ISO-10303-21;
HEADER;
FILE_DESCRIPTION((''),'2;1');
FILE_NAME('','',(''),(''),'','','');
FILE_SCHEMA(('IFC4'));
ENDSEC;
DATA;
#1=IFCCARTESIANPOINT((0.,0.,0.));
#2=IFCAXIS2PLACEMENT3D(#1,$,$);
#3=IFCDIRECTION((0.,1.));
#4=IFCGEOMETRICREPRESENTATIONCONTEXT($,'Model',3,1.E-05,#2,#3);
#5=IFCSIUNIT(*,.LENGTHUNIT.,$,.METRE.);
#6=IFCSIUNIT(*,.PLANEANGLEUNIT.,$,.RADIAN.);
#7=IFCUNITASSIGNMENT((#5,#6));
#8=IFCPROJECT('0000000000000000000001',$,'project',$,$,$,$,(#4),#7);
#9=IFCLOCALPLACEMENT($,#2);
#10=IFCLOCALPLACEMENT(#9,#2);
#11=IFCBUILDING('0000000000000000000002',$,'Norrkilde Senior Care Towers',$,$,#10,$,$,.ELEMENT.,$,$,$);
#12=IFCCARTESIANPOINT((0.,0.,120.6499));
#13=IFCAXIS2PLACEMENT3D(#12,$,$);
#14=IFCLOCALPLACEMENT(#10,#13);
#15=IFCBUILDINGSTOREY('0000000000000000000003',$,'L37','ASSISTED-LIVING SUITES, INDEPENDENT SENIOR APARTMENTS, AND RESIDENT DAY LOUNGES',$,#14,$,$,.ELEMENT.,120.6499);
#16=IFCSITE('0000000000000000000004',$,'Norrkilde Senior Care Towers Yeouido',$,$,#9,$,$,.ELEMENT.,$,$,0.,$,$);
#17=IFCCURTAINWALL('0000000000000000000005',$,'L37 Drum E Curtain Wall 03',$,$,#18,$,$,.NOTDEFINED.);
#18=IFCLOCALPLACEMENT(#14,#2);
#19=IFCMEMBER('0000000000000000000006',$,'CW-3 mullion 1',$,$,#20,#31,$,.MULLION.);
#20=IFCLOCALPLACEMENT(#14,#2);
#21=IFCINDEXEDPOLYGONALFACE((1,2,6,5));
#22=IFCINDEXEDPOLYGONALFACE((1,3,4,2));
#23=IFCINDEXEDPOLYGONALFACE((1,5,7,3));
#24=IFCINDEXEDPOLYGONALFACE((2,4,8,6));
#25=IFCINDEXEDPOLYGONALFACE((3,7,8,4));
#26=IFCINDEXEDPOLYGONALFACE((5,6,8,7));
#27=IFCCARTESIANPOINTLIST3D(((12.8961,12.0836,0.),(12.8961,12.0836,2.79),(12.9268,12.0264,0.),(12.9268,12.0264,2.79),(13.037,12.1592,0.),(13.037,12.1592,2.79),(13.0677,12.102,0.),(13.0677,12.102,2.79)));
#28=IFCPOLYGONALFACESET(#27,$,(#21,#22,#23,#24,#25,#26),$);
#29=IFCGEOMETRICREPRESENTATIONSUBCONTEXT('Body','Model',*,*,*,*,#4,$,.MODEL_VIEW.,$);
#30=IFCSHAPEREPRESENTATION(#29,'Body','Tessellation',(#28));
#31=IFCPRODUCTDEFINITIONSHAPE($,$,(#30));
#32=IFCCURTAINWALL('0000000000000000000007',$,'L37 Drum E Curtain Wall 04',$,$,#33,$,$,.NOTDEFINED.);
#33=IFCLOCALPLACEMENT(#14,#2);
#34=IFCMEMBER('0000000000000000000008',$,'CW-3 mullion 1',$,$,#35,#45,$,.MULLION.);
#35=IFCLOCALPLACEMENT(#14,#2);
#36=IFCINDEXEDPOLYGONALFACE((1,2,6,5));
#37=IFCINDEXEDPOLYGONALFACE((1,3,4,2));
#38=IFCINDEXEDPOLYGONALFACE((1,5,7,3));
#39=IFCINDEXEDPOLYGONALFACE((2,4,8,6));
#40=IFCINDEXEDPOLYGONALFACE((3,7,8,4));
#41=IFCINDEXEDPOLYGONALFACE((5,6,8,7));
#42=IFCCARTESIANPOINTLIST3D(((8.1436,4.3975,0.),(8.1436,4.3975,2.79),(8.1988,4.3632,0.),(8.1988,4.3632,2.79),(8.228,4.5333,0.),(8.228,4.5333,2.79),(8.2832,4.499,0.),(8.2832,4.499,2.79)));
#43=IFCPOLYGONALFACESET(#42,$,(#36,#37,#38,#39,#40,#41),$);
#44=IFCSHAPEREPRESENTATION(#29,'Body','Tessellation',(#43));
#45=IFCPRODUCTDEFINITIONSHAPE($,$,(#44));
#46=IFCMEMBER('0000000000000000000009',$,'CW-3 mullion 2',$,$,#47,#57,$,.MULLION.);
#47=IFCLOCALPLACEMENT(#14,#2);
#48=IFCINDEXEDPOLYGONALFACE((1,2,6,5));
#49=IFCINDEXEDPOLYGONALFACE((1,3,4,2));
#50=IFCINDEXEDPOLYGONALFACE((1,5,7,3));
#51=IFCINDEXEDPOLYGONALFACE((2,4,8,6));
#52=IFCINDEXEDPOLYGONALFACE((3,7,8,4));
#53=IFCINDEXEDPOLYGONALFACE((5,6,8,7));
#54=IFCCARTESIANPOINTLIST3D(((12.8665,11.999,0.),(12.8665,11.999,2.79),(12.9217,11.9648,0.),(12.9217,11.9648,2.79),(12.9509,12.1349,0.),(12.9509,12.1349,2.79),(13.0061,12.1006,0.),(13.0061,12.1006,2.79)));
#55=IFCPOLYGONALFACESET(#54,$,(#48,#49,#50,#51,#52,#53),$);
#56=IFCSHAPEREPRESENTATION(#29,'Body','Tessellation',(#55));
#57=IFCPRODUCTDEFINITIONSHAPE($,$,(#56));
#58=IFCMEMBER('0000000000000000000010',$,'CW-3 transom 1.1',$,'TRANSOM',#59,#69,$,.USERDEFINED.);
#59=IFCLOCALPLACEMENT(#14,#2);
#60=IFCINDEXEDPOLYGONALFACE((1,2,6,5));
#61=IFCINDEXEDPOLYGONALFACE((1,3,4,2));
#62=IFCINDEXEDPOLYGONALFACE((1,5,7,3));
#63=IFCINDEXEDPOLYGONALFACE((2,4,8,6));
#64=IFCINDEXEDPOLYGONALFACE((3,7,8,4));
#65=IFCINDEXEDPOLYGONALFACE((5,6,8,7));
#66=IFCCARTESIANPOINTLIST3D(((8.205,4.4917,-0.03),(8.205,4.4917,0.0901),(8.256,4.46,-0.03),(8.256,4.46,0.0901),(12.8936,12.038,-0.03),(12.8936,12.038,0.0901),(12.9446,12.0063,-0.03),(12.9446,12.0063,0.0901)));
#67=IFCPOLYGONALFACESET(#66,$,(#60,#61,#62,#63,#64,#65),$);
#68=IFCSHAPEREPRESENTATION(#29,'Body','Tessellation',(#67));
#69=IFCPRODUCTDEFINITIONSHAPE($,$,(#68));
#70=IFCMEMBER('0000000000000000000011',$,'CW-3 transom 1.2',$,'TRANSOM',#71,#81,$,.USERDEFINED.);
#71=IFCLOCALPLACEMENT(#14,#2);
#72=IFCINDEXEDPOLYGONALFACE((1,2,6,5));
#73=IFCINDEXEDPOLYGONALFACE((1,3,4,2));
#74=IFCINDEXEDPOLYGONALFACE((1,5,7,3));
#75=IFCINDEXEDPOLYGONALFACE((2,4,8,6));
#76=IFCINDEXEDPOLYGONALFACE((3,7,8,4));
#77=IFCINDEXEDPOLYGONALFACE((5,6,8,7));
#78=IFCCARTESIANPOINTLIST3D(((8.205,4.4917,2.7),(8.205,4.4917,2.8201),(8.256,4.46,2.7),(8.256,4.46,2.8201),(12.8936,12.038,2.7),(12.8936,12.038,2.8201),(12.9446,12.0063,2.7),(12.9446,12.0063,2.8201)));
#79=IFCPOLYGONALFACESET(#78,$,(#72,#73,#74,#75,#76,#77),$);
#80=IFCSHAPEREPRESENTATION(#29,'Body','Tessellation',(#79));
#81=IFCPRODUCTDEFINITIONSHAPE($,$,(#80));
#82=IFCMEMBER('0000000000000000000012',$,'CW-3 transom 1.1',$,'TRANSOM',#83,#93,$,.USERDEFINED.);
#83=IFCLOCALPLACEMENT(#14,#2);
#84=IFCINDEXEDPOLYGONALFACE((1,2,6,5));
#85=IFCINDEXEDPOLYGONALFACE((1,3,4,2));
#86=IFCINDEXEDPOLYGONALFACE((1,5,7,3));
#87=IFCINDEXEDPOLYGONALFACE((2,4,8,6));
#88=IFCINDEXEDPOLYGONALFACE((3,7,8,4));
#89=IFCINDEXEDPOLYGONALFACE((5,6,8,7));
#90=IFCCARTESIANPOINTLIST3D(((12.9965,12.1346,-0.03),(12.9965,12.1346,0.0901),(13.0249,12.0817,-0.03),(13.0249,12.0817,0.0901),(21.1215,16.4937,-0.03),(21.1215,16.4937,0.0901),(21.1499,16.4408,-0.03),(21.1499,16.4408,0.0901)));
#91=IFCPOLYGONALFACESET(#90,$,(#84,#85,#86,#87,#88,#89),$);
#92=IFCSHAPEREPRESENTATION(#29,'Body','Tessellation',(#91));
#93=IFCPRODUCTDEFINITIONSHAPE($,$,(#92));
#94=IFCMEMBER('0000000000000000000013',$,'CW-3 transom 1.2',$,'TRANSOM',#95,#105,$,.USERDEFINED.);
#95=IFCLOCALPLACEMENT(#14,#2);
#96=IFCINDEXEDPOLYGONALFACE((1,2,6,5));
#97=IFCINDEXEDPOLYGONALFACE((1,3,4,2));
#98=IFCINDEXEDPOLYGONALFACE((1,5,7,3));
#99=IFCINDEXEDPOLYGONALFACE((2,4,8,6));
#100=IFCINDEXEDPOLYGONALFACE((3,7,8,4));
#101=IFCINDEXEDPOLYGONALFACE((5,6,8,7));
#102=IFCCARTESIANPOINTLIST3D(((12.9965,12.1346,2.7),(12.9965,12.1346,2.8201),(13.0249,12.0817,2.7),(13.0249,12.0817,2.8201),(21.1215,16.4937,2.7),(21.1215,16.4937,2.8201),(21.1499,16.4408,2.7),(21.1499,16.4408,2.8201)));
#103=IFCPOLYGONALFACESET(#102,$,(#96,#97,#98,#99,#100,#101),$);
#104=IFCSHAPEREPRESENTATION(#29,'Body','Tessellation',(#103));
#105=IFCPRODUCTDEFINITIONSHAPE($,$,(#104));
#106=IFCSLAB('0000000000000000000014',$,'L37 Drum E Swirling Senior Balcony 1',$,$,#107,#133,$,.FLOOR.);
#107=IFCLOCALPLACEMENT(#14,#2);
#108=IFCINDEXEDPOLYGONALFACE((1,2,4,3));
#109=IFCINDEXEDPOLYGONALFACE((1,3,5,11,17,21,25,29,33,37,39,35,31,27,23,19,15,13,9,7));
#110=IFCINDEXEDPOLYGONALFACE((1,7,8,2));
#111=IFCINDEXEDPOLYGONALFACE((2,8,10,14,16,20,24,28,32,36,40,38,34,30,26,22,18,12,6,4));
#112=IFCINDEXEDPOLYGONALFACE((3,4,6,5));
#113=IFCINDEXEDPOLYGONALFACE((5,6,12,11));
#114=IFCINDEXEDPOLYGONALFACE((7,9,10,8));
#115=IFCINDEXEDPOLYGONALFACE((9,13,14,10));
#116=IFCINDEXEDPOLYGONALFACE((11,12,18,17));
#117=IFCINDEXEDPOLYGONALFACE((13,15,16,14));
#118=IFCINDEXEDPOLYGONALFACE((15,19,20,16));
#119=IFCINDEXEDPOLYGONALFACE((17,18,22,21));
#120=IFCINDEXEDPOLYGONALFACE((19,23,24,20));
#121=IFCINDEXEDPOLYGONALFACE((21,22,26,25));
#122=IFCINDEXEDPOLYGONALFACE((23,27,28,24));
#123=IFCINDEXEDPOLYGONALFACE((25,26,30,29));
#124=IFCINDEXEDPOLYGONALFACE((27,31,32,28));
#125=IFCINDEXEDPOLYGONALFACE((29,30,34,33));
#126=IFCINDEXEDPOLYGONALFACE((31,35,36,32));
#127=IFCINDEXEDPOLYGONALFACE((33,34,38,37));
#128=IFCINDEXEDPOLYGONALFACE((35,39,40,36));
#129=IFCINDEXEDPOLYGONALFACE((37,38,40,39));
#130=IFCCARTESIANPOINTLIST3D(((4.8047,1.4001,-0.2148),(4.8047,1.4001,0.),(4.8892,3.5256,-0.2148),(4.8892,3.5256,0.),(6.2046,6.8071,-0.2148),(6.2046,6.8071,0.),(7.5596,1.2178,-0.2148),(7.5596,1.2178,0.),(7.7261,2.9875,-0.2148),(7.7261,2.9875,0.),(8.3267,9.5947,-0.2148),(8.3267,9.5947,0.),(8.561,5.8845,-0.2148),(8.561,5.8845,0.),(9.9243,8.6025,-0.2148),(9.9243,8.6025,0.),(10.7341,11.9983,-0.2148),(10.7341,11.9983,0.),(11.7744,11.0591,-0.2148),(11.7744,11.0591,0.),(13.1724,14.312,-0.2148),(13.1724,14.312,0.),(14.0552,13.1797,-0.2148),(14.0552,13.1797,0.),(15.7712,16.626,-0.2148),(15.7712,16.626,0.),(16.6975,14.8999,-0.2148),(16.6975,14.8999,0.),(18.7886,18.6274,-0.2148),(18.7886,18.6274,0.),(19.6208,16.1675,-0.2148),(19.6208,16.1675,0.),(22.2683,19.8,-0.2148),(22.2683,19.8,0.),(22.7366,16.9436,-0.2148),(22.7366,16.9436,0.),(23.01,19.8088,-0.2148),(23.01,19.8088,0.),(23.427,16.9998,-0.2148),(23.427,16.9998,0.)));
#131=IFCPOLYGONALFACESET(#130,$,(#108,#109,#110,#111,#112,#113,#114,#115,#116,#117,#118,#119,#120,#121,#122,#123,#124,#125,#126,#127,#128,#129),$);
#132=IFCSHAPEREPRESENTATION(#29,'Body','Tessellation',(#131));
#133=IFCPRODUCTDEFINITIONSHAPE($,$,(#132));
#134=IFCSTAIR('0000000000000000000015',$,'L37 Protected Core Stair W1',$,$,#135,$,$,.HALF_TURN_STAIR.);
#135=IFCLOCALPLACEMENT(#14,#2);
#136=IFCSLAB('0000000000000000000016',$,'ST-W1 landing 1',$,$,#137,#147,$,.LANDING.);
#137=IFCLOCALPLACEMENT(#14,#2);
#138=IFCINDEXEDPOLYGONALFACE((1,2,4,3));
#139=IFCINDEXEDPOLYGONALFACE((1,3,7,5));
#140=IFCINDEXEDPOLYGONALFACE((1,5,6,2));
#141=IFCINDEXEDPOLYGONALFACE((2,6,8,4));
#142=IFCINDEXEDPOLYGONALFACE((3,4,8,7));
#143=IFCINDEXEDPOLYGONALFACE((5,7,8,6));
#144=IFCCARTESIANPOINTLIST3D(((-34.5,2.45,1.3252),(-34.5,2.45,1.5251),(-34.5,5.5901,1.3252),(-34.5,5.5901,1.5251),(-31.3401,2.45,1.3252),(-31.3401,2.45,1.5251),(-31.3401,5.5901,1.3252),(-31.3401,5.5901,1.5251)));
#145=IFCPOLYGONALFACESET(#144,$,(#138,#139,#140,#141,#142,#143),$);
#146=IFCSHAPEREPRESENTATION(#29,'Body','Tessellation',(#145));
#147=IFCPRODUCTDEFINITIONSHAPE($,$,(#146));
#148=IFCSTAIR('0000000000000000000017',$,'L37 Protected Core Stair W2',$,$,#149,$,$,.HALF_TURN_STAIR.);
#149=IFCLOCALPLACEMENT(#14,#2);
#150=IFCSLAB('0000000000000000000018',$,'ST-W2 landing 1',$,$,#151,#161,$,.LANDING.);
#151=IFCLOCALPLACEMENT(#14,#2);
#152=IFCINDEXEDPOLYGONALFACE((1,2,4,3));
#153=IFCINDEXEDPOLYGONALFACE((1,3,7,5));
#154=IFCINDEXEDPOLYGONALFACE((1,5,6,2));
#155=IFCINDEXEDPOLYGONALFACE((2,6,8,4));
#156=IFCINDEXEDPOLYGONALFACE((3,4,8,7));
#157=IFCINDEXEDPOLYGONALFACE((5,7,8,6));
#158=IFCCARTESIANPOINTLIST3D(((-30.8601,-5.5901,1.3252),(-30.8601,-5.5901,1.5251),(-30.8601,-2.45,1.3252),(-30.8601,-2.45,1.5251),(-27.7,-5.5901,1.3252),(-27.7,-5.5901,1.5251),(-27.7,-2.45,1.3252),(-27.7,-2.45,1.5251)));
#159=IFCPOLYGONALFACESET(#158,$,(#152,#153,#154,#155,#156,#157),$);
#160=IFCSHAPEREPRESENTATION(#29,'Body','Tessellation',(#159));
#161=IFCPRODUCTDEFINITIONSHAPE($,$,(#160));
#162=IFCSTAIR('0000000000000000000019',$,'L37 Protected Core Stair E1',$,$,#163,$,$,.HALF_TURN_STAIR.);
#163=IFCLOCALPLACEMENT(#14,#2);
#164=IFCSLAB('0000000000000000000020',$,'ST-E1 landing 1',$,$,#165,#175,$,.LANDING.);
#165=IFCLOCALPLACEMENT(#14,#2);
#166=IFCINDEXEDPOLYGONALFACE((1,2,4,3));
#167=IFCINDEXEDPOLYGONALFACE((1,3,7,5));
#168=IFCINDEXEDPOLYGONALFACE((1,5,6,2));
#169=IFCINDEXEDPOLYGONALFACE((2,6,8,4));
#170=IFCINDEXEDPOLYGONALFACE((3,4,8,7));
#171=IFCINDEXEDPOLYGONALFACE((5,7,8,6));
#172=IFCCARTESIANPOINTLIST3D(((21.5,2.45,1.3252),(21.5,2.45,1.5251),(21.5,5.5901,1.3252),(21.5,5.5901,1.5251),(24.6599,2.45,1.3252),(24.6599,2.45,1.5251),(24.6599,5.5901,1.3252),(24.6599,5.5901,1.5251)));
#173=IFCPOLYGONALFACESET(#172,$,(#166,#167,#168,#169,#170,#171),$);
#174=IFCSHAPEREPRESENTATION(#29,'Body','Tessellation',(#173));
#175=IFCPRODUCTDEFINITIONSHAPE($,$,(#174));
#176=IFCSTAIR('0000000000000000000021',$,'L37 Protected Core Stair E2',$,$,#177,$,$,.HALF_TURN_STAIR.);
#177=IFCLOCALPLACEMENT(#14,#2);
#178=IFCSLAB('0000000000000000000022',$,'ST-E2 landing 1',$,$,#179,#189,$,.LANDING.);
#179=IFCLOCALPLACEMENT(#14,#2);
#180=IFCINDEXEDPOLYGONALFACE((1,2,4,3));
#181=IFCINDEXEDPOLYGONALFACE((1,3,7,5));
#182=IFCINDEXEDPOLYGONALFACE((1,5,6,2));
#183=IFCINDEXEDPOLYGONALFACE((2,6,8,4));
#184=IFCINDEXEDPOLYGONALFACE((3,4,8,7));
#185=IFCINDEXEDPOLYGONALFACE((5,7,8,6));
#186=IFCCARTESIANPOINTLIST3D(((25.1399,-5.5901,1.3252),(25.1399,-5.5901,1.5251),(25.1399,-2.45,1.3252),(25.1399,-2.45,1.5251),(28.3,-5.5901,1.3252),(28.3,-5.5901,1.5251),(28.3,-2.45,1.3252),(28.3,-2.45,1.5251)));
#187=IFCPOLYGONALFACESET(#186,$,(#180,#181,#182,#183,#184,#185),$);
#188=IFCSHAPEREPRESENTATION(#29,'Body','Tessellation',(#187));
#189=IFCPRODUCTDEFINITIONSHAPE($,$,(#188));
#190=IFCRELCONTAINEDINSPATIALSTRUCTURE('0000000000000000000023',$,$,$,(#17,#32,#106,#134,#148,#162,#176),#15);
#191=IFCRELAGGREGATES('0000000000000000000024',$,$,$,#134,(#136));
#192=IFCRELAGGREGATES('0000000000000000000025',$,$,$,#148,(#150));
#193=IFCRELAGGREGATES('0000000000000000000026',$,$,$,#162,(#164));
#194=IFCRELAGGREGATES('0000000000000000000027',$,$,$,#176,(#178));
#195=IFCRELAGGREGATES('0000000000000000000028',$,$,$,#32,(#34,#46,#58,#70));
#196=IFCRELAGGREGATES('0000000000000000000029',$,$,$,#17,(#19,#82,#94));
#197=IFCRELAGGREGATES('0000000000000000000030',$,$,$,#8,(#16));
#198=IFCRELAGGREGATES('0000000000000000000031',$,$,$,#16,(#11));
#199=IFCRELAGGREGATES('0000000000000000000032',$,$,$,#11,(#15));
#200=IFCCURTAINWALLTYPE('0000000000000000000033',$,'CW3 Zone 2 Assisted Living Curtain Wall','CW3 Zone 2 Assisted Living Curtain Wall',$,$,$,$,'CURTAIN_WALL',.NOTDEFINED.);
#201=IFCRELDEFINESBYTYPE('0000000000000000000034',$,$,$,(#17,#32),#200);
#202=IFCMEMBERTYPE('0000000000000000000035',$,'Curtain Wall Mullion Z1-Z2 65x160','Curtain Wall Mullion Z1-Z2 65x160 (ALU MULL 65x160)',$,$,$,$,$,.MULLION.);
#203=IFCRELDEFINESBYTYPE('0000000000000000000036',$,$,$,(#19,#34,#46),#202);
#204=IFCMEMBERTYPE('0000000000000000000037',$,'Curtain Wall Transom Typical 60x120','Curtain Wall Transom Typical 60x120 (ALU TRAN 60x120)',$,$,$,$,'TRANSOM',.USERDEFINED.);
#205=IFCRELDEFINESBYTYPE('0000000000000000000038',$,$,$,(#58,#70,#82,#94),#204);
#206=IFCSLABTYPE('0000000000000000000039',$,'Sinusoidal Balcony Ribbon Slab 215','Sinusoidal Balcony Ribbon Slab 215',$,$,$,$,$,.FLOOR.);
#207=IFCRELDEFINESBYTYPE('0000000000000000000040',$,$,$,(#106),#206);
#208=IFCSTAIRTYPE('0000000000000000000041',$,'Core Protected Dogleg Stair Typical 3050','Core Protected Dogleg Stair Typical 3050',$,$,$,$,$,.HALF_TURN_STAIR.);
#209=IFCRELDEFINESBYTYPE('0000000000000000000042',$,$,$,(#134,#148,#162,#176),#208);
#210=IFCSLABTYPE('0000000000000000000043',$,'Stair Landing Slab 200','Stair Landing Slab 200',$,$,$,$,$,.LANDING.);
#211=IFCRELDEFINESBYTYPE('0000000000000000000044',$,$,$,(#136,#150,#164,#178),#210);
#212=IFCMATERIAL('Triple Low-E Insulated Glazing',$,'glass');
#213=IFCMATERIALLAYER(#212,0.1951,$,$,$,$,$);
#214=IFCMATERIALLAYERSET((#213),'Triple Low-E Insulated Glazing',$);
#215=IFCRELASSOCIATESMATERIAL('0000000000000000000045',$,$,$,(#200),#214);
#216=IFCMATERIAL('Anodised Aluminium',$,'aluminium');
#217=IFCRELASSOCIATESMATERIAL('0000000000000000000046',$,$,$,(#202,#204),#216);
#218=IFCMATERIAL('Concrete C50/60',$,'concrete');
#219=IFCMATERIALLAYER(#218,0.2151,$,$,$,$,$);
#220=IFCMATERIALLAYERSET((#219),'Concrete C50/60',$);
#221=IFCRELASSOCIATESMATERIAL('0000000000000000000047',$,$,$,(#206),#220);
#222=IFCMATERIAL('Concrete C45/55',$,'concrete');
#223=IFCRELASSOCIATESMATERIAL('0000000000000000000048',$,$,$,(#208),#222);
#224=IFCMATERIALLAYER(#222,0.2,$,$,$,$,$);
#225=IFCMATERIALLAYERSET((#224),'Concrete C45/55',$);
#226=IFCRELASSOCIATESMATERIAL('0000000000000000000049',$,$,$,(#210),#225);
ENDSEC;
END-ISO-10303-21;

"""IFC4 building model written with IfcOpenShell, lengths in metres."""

from ifc_helpers import new_model, si_unit, direction, frame, origin, origin_2d, place, context, subcontext, project, spatial, polyline, rectangle, outline, extrude, source, transform, mapped, material, layer, layer_set, material_profile, profile_set, type_object, type_shapes, element, aggregate, save


model = new_model("IFC4")

# Units and contexts
model_context = context("Model", 3, precision=1e-05, world=origin(), true_north=direction((0.0, 1.0)))
body_context = subcontext(model_context, "Body", "Model", "MODEL_VIEW")
ifc_project = project(units=[si_unit("LENGTHUNIT", "METRE"), si_unit("PLANEANGLEUNIT", "RADIAN")], contexts=[model_context])

# Site, building, storey
site_placement = place(None, origin())
site = spatial("IfcSite", under=ifc_project, at=site_placement, Name="Norrkilde Senior Care Towers Yeouido", CompositionType="ELEMENT", RefElevation=0.0)
building_placement = place(site_placement, origin())
building = spatial("IfcBuilding", under=site, at=building_placement, Name="Norrkilde Senior Care Towers", CompositionType="ELEMENT")
storey_placement = place(building_placement, frame((0.0, 0.0, 120.6499)))
storey = spatial("IfcBuildingStorey", under=building, at=storey_placement, Name="L37", Description="ASSISTED-LIVING SUITES, INDEPENDENT SENIOR APARTMENTS, AND RESIDENT DAY LOUNGES", CompositionType="ELEMENT", Elevation=120.6499)

# Curtain wall, member
ifc_material_1 = material(Name="Triple Low-E Insulated Glazing", Category="glass")
ifc_layer_1 = layer(ifc_material_1, 0.1951)
ifc_layer_set_1 = layer_set([ifc_layer_1], Name="Triple Low-E Insulated Glazing")
curtain_wall_type = type_object("IfcCurtainWallType", Name="CW3 Zone 2 Assisted Living Curtain Wall", Description="CW3 Zone 2 Assisted Living Curtain Wall", ElementType="CURTAIN_WALL", PredefinedType="NOTDEFINED", material=ifc_layer_set_1)
curtain_wall_1_placement = place(storey_placement, origin())
curtain_wall_1 = element("IfcCurtainWall", 1, at=curtain_wall_1_placement, inside=storey, type_object=curtain_wall_type, Name="L37 Drum E Curtain Wall 03", PredefinedType="NOTDEFINED")
ifc_material_2 = material(Name="Anodised Aluminium", Category="aluminium")
ifc_material_profile_1 = material_profile(ifc_material_2, rectangle(XDim=0.0649, YDim=0.1599, at=origin_2d()), Name="ALU MULL 65x160")
ifc_profile_set_1 = profile_set([ifc_material_profile_1], Name="Anodised Aluminium")
member_type_1 = type_object("IfcMemberType", Name="Curtain Wall Mullion Z1-Z2 65x160", Description="Curtain Wall Mullion Z1-Z2 65x160 (ALU MULL 65x160)", PredefinedType="MULLION", material=ifc_profile_set_1)
shared_shape_1 = source(origin(), body_context, "Body", "SweptSolid", [
    extrude(rectangle(XDim=0.0649, YDim=0.1599, at=origin_2d()), origin(), (0.0, 0.0, 1.0), 2.79),
])
type_shapes(member_type_1, [shared_shape_1])
member_1_placement = place(storey_placement, frame((12.9819, 12.0928, 0.0), z_axis=(0.0, 0.0, 1.0), x_axis=(-0.472769, 0.881186, 0.0)))
member_1 = element("IfcMember", 2, at=member_1_placement, type_object=member_type_1, Name="CW-3 mullion 1", PredefinedType="MULLION", context=body_context, shape_type="MappedRepresentation", body=[
    mapped(shared_shape_1, transform((0.0, 0.0, 0.0), x_axis=(1.0, 0.0, 0.0), y_axis=(0.0, 1.0, 0.0), z_axis=(0.0, 0.0, 1.0), scale=1.0)),
])

# Curtain wall, members
curtain_wall_2_placement = place(storey_placement, origin())
curtain_wall_2 = element("IfcCurtainWall", 3, at=curtain_wall_2_placement, inside=storey, type_object=curtain_wall_type, Name="L37 Drum E Curtain Wall 04", PredefinedType="NOTDEFINED")
member_2_placement = place(storey_placement, frame((8.2134, 4.4482, 0.0), z_axis=(0.0, 0.0, 1.0), x_axis=(-0.84941, 0.527733, 0.0)))
member_2 = element("IfcMember", 4, at=member_2_placement, type_object=member_type_1, Name="CW-3 mullion 1", PredefinedType="MULLION", context=body_context, shape_type="MappedRepresentation", body=[
    mapped(shared_shape_1, transform((0.0, 0.0, 0.0), x_axis=(1.0, 0.0, 0.0), y_axis=(0.0, 1.0, 0.0), z_axis=(0.0, 0.0, 1.0), scale=1.0)),
])
member_3_placement = place(storey_placement, frame((12.9363, 12.0498, 0.0), z_axis=(0.0, 0.0, 1.0), x_axis=(-0.84941, 0.527733, 0.0)))
member_3 = element("IfcMember", 5, at=member_3_placement, type_object=member_type_1, Name="CW-3 mullion 2", PredefinedType="MULLION", context=body_context, shape_type="MappedRepresentation", body=[
    mapped(shared_shape_1, transform((0.0, 0.0, 0.0), x_axis=(1.0, 0.0, 0.0), y_axis=(0.0, 1.0, 0.0), z_axis=(0.0, 0.0, 1.0), scale=1.0)),
])
ifc_material_profile_2 = material_profile(ifc_material_2, rectangle(XDim=0.0601, YDim=0.1201, at=origin_2d()), Name="ALU TRAN 60x120")
ifc_profile_set_2 = profile_set([ifc_material_profile_2], Name="Anodised Aluminium")
member_type_2 = type_object("IfcMemberType", Name="Curtain Wall Transom Typical 60x120", Description="Curtain Wall Transom Typical 60x120 (ALU TRAN 60x120)", ElementType="TRANSOM", PredefinedType="USERDEFINED", material=ifc_profile_set_2)
shared_shape_2 = source(origin(), body_context, "Body", "SweptSolid", [
    extrude(rectangle(XDim=0.0601, YDim=0.1201, at=origin_2d()), origin(), (0.0, 0.0, 1.0), 8.8843),
])
member_4_placement = place(storey_placement, frame((8.2305, 4.4758, 0.03), z_axis=(0.527749, 0.8494, 0.0), x_axis=(-0.8494, 0.527749, 0.0)))
member_4 = element("IfcMember", 6, at=member_4_placement, type_object=member_type_2, Name="CW-3 transom 1.1", ObjectType="TRANSOM", PredefinedType="USERDEFINED", context=body_context, shape_type="MappedRepresentation", body=[
    mapped(shared_shape_2, transform((0.0, 0.0, 0.0), x_axis=(1.0, 0.0, 0.0), y_axis=(0.0, 1.0, 0.0), z_axis=(0.0, 0.0, 1.0), scale=1.0)),
])
member_5_placement = place(storey_placement, frame((8.2305, 4.4758, 2.76), z_axis=(0.527749, 0.8494, 0.0), x_axis=(-0.8494, 0.527749, 0.0)))
member_5 = element("IfcMember", 7, at=member_5_placement, type_object=member_type_2, Name="CW-3 transom 1.2", ObjectType="TRANSOM", PredefinedType="USERDEFINED", context=body_context, shape_type="MappedRepresentation", body=[
    mapped(shared_shape_2, transform((0.0, 0.0, 0.0), x_axis=(1.0, 0.0, 0.0), y_axis=(0.0, 1.0, 0.0), z_axis=(0.0, 0.0, 1.0), scale=1.0)),
])

# Members
shared_shape_3 = source(origin(), body_context, "Body", "SweptSolid", [
    extrude(rectangle(XDim=0.0601, YDim=0.1201, at=origin_2d()), origin(), (0.0, 0.0, 1.0), 9.2205),
])
type_shapes(member_type_2, [shared_shape_2, shared_shape_3])
member_6_placement = place(storey_placement, frame((13.0107, 12.1082, 0.03), z_axis=(0.881189, 0.472765, 0.0), x_axis=(-0.472765, 0.881189, 0.0)))
member_6 = element("IfcMember", 8, at=member_6_placement, type_object=member_type_2, Name="CW-3 transom 1.1", ObjectType="TRANSOM", PredefinedType="USERDEFINED", context=body_context, shape_type="MappedRepresentation", body=[
    mapped(shared_shape_3, transform((0.0, 0.0, 0.0), x_axis=(1.0, 0.0, 0.0), y_axis=(0.0, 1.0, 0.0), z_axis=(0.0, 0.0, 1.0), scale=1.0)),
])
member_7_placement = place(storey_placement, frame((13.0107, 12.1082, 2.76), z_axis=(0.881189, 0.472765, 0.0), x_axis=(-0.472765, 0.881189, 0.0)))
member_7 = element("IfcMember", 9, at=member_7_placement, type_object=member_type_2, Name="CW-3 transom 1.2", ObjectType="TRANSOM", PredefinedType="USERDEFINED", context=body_context, shape_type="MappedRepresentation", body=[
    mapped(shared_shape_3, transform((0.0, 0.0, 0.0), x_axis=(1.0, 0.0, 0.0), y_axis=(0.0, 1.0, 0.0), z_axis=(0.0, 0.0, 1.0), scale=1.0)),
])

# Slab
ifc_material_3 = material(Name="Concrete C50/60", Category="concrete")
ifc_layer_2 = layer(ifc_material_3, 0.2151)
ifc_layer_set_2 = layer_set([ifc_layer_2], Name="Concrete C50/60")
slab_type_1 = type_object("IfcSlabType", Name="Sinusoidal Balcony Ribbon Slab 215", Description="Sinusoidal Balcony Ribbon Slab 215", PredefinedType="FLOOR", material=ifc_layer_set_2)
slab_1_placement = place(storey_placement, frame((0.0, 0.0, -0.2148)))
element("IfcSlab", 10, at=slab_1_placement, inside=storey, type_object=slab_type_1, Name="L37 Drum E Swirling Senior Balcony 1", PredefinedType="FLOOR", context=body_context, shape_type="SweptSolid", body=[
    extrude(outline(polyline([(6.2046, 6.8071), (8.3267, 9.5947), (10.7341, 11.9983), (13.1724, 14.312), (15.7712, 16.626), (18.7886, 18.6274), (22.2683, 19.8), (23.01, 19.8088), (23.427, 16.9998), (22.7366, 16.9436), (19.6208, 16.1675), (16.6975, 14.8999), (14.0552, 13.1797), (11.7744, 11.0591), (9.9243, 8.6025), (8.561, 5.8845), (7.7261, 2.9875), (7.5596, 1.2178), (4.8047, 1.4001), (4.8892, 3.5256), (6.2046, 6.8071)])), origin(), (0.0, 0.0, 1.0), 0.2148),
])

# Stairs, slabs
ifc_material_4 = material(Name="Concrete C45/55", Category="concrete")
stair_type = type_object("IfcStairType", Name="Core Protected Dogleg Stair Typical 3050", Description="Core Protected Dogleg Stair Typical 3050", PredefinedType="HALF_TURN_STAIR", material=ifc_material_4)
stair_1_placement = place(storey_placement, origin())
stair_1 = element("IfcStair", 11, at=stair_1_placement, inside=storey, type_object=stair_type, Name="L37 Protected Core Stair W1", PredefinedType="HALF_TURN_STAIR")
ifc_layer_3 = layer(ifc_material_4, 0.2)
ifc_layer_set_3 = layer_set([ifc_layer_3], Name="Concrete C45/55")
slab_type_2 = type_object("IfcSlabType", Name="Stair Landing Slab 200", Description="Stair Landing Slab 200", PredefinedType="LANDING", material=ifc_layer_set_3)
slab_2_placement = place(storey_placement, frame((0.0, 0.0, 1.3252)))
slab_2 = element("IfcSlab", 12, at=slab_2_placement, type_object=slab_type_2, Name="ST-W1 landing 1", PredefinedType="LANDING", context=body_context, shape_type="SweptSolid", body=[
    extrude(outline(polyline([(-31.3401, 5.5901), (-34.5, 5.5901), (-34.5, 2.45), (-31.3401, 2.45), (-31.3401, 5.5901)])), origin(), (0.0, 0.0, 1.0), 0.2),
])
aggregate(stair_1, [slab_2])
stair_2_placement = place(storey_placement, origin())
stair_2 = element("IfcStair", 13, at=stair_2_placement, inside=storey, type_object=stair_type, Name="L37 Protected Core Stair W2", PredefinedType="HALF_TURN_STAIR")
slab_3_placement = place(storey_placement, frame((0.0, 0.0, 1.3252)))
slab_3 = element("IfcSlab", 14, at=slab_3_placement, type_object=slab_type_2, Name="ST-W2 landing 1", PredefinedType="LANDING", context=body_context, shape_type="SweptSolid", body=[
    extrude(outline(polyline([(-30.8601, -5.5901), (-27.7, -5.5901), (-27.7, -2.45), (-30.8601, -2.45), (-30.8601, -5.5901)])), origin(), (0.0, 0.0, 1.0), 0.2),
])
aggregate(stair_2, [slab_3])
stair_3_placement = place(storey_placement, origin())
stair_3 = element("IfcStair", 15, at=stair_3_placement, inside=storey, type_object=stair_type, Name="L37 Protected Core Stair E1", PredefinedType="HALF_TURN_STAIR")
slab_4_placement = place(storey_placement, frame((0.0, 0.0, 1.3252)))
slab_4 = element("IfcSlab", 16, at=slab_4_placement, type_object=slab_type_2, Name="ST-E1 landing 1", PredefinedType="LANDING", context=body_context, shape_type="SweptSolid", body=[
    extrude(outline(polyline([(24.6599, 5.5901), (21.5, 5.5901), (21.5, 2.45), (24.6599, 2.45), (24.6599, 5.5901)])), origin(), (0.0, 0.0, 1.0), 0.2),
])
aggregate(stair_3, [slab_4])
stair_4_placement = place(storey_placement, origin())
stair_4 = element("IfcStair", 17, at=stair_4_placement, inside=storey, type_object=stair_type, Name="L37 Protected Core Stair E2", PredefinedType="HALF_TURN_STAIR")
slab_5_placement = place(storey_placement, frame((0.0, 0.0, 1.3252)))
slab_5 = element("IfcSlab", 18, at=slab_5_placement, type_object=slab_type_2, Name="ST-E2 landing 1", PredefinedType="LANDING", context=body_context, shape_type="SweptSolid", body=[
    extrude(outline(polyline([(25.1399, -5.5901), (28.3, -5.5901), (28.3, -2.45), (25.1399, -2.45), (25.1399, -5.5901)])), origin(), (0.0, 0.0, 1.0), 0.2),
])
aggregate(stair_4, [slab_5])

aggregate(curtain_wall_2, [member_2, member_3, member_4, member_5])
aggregate(curtain_wall_1, [member_1, member_6, member_7])

save(model, "model.ifc")
